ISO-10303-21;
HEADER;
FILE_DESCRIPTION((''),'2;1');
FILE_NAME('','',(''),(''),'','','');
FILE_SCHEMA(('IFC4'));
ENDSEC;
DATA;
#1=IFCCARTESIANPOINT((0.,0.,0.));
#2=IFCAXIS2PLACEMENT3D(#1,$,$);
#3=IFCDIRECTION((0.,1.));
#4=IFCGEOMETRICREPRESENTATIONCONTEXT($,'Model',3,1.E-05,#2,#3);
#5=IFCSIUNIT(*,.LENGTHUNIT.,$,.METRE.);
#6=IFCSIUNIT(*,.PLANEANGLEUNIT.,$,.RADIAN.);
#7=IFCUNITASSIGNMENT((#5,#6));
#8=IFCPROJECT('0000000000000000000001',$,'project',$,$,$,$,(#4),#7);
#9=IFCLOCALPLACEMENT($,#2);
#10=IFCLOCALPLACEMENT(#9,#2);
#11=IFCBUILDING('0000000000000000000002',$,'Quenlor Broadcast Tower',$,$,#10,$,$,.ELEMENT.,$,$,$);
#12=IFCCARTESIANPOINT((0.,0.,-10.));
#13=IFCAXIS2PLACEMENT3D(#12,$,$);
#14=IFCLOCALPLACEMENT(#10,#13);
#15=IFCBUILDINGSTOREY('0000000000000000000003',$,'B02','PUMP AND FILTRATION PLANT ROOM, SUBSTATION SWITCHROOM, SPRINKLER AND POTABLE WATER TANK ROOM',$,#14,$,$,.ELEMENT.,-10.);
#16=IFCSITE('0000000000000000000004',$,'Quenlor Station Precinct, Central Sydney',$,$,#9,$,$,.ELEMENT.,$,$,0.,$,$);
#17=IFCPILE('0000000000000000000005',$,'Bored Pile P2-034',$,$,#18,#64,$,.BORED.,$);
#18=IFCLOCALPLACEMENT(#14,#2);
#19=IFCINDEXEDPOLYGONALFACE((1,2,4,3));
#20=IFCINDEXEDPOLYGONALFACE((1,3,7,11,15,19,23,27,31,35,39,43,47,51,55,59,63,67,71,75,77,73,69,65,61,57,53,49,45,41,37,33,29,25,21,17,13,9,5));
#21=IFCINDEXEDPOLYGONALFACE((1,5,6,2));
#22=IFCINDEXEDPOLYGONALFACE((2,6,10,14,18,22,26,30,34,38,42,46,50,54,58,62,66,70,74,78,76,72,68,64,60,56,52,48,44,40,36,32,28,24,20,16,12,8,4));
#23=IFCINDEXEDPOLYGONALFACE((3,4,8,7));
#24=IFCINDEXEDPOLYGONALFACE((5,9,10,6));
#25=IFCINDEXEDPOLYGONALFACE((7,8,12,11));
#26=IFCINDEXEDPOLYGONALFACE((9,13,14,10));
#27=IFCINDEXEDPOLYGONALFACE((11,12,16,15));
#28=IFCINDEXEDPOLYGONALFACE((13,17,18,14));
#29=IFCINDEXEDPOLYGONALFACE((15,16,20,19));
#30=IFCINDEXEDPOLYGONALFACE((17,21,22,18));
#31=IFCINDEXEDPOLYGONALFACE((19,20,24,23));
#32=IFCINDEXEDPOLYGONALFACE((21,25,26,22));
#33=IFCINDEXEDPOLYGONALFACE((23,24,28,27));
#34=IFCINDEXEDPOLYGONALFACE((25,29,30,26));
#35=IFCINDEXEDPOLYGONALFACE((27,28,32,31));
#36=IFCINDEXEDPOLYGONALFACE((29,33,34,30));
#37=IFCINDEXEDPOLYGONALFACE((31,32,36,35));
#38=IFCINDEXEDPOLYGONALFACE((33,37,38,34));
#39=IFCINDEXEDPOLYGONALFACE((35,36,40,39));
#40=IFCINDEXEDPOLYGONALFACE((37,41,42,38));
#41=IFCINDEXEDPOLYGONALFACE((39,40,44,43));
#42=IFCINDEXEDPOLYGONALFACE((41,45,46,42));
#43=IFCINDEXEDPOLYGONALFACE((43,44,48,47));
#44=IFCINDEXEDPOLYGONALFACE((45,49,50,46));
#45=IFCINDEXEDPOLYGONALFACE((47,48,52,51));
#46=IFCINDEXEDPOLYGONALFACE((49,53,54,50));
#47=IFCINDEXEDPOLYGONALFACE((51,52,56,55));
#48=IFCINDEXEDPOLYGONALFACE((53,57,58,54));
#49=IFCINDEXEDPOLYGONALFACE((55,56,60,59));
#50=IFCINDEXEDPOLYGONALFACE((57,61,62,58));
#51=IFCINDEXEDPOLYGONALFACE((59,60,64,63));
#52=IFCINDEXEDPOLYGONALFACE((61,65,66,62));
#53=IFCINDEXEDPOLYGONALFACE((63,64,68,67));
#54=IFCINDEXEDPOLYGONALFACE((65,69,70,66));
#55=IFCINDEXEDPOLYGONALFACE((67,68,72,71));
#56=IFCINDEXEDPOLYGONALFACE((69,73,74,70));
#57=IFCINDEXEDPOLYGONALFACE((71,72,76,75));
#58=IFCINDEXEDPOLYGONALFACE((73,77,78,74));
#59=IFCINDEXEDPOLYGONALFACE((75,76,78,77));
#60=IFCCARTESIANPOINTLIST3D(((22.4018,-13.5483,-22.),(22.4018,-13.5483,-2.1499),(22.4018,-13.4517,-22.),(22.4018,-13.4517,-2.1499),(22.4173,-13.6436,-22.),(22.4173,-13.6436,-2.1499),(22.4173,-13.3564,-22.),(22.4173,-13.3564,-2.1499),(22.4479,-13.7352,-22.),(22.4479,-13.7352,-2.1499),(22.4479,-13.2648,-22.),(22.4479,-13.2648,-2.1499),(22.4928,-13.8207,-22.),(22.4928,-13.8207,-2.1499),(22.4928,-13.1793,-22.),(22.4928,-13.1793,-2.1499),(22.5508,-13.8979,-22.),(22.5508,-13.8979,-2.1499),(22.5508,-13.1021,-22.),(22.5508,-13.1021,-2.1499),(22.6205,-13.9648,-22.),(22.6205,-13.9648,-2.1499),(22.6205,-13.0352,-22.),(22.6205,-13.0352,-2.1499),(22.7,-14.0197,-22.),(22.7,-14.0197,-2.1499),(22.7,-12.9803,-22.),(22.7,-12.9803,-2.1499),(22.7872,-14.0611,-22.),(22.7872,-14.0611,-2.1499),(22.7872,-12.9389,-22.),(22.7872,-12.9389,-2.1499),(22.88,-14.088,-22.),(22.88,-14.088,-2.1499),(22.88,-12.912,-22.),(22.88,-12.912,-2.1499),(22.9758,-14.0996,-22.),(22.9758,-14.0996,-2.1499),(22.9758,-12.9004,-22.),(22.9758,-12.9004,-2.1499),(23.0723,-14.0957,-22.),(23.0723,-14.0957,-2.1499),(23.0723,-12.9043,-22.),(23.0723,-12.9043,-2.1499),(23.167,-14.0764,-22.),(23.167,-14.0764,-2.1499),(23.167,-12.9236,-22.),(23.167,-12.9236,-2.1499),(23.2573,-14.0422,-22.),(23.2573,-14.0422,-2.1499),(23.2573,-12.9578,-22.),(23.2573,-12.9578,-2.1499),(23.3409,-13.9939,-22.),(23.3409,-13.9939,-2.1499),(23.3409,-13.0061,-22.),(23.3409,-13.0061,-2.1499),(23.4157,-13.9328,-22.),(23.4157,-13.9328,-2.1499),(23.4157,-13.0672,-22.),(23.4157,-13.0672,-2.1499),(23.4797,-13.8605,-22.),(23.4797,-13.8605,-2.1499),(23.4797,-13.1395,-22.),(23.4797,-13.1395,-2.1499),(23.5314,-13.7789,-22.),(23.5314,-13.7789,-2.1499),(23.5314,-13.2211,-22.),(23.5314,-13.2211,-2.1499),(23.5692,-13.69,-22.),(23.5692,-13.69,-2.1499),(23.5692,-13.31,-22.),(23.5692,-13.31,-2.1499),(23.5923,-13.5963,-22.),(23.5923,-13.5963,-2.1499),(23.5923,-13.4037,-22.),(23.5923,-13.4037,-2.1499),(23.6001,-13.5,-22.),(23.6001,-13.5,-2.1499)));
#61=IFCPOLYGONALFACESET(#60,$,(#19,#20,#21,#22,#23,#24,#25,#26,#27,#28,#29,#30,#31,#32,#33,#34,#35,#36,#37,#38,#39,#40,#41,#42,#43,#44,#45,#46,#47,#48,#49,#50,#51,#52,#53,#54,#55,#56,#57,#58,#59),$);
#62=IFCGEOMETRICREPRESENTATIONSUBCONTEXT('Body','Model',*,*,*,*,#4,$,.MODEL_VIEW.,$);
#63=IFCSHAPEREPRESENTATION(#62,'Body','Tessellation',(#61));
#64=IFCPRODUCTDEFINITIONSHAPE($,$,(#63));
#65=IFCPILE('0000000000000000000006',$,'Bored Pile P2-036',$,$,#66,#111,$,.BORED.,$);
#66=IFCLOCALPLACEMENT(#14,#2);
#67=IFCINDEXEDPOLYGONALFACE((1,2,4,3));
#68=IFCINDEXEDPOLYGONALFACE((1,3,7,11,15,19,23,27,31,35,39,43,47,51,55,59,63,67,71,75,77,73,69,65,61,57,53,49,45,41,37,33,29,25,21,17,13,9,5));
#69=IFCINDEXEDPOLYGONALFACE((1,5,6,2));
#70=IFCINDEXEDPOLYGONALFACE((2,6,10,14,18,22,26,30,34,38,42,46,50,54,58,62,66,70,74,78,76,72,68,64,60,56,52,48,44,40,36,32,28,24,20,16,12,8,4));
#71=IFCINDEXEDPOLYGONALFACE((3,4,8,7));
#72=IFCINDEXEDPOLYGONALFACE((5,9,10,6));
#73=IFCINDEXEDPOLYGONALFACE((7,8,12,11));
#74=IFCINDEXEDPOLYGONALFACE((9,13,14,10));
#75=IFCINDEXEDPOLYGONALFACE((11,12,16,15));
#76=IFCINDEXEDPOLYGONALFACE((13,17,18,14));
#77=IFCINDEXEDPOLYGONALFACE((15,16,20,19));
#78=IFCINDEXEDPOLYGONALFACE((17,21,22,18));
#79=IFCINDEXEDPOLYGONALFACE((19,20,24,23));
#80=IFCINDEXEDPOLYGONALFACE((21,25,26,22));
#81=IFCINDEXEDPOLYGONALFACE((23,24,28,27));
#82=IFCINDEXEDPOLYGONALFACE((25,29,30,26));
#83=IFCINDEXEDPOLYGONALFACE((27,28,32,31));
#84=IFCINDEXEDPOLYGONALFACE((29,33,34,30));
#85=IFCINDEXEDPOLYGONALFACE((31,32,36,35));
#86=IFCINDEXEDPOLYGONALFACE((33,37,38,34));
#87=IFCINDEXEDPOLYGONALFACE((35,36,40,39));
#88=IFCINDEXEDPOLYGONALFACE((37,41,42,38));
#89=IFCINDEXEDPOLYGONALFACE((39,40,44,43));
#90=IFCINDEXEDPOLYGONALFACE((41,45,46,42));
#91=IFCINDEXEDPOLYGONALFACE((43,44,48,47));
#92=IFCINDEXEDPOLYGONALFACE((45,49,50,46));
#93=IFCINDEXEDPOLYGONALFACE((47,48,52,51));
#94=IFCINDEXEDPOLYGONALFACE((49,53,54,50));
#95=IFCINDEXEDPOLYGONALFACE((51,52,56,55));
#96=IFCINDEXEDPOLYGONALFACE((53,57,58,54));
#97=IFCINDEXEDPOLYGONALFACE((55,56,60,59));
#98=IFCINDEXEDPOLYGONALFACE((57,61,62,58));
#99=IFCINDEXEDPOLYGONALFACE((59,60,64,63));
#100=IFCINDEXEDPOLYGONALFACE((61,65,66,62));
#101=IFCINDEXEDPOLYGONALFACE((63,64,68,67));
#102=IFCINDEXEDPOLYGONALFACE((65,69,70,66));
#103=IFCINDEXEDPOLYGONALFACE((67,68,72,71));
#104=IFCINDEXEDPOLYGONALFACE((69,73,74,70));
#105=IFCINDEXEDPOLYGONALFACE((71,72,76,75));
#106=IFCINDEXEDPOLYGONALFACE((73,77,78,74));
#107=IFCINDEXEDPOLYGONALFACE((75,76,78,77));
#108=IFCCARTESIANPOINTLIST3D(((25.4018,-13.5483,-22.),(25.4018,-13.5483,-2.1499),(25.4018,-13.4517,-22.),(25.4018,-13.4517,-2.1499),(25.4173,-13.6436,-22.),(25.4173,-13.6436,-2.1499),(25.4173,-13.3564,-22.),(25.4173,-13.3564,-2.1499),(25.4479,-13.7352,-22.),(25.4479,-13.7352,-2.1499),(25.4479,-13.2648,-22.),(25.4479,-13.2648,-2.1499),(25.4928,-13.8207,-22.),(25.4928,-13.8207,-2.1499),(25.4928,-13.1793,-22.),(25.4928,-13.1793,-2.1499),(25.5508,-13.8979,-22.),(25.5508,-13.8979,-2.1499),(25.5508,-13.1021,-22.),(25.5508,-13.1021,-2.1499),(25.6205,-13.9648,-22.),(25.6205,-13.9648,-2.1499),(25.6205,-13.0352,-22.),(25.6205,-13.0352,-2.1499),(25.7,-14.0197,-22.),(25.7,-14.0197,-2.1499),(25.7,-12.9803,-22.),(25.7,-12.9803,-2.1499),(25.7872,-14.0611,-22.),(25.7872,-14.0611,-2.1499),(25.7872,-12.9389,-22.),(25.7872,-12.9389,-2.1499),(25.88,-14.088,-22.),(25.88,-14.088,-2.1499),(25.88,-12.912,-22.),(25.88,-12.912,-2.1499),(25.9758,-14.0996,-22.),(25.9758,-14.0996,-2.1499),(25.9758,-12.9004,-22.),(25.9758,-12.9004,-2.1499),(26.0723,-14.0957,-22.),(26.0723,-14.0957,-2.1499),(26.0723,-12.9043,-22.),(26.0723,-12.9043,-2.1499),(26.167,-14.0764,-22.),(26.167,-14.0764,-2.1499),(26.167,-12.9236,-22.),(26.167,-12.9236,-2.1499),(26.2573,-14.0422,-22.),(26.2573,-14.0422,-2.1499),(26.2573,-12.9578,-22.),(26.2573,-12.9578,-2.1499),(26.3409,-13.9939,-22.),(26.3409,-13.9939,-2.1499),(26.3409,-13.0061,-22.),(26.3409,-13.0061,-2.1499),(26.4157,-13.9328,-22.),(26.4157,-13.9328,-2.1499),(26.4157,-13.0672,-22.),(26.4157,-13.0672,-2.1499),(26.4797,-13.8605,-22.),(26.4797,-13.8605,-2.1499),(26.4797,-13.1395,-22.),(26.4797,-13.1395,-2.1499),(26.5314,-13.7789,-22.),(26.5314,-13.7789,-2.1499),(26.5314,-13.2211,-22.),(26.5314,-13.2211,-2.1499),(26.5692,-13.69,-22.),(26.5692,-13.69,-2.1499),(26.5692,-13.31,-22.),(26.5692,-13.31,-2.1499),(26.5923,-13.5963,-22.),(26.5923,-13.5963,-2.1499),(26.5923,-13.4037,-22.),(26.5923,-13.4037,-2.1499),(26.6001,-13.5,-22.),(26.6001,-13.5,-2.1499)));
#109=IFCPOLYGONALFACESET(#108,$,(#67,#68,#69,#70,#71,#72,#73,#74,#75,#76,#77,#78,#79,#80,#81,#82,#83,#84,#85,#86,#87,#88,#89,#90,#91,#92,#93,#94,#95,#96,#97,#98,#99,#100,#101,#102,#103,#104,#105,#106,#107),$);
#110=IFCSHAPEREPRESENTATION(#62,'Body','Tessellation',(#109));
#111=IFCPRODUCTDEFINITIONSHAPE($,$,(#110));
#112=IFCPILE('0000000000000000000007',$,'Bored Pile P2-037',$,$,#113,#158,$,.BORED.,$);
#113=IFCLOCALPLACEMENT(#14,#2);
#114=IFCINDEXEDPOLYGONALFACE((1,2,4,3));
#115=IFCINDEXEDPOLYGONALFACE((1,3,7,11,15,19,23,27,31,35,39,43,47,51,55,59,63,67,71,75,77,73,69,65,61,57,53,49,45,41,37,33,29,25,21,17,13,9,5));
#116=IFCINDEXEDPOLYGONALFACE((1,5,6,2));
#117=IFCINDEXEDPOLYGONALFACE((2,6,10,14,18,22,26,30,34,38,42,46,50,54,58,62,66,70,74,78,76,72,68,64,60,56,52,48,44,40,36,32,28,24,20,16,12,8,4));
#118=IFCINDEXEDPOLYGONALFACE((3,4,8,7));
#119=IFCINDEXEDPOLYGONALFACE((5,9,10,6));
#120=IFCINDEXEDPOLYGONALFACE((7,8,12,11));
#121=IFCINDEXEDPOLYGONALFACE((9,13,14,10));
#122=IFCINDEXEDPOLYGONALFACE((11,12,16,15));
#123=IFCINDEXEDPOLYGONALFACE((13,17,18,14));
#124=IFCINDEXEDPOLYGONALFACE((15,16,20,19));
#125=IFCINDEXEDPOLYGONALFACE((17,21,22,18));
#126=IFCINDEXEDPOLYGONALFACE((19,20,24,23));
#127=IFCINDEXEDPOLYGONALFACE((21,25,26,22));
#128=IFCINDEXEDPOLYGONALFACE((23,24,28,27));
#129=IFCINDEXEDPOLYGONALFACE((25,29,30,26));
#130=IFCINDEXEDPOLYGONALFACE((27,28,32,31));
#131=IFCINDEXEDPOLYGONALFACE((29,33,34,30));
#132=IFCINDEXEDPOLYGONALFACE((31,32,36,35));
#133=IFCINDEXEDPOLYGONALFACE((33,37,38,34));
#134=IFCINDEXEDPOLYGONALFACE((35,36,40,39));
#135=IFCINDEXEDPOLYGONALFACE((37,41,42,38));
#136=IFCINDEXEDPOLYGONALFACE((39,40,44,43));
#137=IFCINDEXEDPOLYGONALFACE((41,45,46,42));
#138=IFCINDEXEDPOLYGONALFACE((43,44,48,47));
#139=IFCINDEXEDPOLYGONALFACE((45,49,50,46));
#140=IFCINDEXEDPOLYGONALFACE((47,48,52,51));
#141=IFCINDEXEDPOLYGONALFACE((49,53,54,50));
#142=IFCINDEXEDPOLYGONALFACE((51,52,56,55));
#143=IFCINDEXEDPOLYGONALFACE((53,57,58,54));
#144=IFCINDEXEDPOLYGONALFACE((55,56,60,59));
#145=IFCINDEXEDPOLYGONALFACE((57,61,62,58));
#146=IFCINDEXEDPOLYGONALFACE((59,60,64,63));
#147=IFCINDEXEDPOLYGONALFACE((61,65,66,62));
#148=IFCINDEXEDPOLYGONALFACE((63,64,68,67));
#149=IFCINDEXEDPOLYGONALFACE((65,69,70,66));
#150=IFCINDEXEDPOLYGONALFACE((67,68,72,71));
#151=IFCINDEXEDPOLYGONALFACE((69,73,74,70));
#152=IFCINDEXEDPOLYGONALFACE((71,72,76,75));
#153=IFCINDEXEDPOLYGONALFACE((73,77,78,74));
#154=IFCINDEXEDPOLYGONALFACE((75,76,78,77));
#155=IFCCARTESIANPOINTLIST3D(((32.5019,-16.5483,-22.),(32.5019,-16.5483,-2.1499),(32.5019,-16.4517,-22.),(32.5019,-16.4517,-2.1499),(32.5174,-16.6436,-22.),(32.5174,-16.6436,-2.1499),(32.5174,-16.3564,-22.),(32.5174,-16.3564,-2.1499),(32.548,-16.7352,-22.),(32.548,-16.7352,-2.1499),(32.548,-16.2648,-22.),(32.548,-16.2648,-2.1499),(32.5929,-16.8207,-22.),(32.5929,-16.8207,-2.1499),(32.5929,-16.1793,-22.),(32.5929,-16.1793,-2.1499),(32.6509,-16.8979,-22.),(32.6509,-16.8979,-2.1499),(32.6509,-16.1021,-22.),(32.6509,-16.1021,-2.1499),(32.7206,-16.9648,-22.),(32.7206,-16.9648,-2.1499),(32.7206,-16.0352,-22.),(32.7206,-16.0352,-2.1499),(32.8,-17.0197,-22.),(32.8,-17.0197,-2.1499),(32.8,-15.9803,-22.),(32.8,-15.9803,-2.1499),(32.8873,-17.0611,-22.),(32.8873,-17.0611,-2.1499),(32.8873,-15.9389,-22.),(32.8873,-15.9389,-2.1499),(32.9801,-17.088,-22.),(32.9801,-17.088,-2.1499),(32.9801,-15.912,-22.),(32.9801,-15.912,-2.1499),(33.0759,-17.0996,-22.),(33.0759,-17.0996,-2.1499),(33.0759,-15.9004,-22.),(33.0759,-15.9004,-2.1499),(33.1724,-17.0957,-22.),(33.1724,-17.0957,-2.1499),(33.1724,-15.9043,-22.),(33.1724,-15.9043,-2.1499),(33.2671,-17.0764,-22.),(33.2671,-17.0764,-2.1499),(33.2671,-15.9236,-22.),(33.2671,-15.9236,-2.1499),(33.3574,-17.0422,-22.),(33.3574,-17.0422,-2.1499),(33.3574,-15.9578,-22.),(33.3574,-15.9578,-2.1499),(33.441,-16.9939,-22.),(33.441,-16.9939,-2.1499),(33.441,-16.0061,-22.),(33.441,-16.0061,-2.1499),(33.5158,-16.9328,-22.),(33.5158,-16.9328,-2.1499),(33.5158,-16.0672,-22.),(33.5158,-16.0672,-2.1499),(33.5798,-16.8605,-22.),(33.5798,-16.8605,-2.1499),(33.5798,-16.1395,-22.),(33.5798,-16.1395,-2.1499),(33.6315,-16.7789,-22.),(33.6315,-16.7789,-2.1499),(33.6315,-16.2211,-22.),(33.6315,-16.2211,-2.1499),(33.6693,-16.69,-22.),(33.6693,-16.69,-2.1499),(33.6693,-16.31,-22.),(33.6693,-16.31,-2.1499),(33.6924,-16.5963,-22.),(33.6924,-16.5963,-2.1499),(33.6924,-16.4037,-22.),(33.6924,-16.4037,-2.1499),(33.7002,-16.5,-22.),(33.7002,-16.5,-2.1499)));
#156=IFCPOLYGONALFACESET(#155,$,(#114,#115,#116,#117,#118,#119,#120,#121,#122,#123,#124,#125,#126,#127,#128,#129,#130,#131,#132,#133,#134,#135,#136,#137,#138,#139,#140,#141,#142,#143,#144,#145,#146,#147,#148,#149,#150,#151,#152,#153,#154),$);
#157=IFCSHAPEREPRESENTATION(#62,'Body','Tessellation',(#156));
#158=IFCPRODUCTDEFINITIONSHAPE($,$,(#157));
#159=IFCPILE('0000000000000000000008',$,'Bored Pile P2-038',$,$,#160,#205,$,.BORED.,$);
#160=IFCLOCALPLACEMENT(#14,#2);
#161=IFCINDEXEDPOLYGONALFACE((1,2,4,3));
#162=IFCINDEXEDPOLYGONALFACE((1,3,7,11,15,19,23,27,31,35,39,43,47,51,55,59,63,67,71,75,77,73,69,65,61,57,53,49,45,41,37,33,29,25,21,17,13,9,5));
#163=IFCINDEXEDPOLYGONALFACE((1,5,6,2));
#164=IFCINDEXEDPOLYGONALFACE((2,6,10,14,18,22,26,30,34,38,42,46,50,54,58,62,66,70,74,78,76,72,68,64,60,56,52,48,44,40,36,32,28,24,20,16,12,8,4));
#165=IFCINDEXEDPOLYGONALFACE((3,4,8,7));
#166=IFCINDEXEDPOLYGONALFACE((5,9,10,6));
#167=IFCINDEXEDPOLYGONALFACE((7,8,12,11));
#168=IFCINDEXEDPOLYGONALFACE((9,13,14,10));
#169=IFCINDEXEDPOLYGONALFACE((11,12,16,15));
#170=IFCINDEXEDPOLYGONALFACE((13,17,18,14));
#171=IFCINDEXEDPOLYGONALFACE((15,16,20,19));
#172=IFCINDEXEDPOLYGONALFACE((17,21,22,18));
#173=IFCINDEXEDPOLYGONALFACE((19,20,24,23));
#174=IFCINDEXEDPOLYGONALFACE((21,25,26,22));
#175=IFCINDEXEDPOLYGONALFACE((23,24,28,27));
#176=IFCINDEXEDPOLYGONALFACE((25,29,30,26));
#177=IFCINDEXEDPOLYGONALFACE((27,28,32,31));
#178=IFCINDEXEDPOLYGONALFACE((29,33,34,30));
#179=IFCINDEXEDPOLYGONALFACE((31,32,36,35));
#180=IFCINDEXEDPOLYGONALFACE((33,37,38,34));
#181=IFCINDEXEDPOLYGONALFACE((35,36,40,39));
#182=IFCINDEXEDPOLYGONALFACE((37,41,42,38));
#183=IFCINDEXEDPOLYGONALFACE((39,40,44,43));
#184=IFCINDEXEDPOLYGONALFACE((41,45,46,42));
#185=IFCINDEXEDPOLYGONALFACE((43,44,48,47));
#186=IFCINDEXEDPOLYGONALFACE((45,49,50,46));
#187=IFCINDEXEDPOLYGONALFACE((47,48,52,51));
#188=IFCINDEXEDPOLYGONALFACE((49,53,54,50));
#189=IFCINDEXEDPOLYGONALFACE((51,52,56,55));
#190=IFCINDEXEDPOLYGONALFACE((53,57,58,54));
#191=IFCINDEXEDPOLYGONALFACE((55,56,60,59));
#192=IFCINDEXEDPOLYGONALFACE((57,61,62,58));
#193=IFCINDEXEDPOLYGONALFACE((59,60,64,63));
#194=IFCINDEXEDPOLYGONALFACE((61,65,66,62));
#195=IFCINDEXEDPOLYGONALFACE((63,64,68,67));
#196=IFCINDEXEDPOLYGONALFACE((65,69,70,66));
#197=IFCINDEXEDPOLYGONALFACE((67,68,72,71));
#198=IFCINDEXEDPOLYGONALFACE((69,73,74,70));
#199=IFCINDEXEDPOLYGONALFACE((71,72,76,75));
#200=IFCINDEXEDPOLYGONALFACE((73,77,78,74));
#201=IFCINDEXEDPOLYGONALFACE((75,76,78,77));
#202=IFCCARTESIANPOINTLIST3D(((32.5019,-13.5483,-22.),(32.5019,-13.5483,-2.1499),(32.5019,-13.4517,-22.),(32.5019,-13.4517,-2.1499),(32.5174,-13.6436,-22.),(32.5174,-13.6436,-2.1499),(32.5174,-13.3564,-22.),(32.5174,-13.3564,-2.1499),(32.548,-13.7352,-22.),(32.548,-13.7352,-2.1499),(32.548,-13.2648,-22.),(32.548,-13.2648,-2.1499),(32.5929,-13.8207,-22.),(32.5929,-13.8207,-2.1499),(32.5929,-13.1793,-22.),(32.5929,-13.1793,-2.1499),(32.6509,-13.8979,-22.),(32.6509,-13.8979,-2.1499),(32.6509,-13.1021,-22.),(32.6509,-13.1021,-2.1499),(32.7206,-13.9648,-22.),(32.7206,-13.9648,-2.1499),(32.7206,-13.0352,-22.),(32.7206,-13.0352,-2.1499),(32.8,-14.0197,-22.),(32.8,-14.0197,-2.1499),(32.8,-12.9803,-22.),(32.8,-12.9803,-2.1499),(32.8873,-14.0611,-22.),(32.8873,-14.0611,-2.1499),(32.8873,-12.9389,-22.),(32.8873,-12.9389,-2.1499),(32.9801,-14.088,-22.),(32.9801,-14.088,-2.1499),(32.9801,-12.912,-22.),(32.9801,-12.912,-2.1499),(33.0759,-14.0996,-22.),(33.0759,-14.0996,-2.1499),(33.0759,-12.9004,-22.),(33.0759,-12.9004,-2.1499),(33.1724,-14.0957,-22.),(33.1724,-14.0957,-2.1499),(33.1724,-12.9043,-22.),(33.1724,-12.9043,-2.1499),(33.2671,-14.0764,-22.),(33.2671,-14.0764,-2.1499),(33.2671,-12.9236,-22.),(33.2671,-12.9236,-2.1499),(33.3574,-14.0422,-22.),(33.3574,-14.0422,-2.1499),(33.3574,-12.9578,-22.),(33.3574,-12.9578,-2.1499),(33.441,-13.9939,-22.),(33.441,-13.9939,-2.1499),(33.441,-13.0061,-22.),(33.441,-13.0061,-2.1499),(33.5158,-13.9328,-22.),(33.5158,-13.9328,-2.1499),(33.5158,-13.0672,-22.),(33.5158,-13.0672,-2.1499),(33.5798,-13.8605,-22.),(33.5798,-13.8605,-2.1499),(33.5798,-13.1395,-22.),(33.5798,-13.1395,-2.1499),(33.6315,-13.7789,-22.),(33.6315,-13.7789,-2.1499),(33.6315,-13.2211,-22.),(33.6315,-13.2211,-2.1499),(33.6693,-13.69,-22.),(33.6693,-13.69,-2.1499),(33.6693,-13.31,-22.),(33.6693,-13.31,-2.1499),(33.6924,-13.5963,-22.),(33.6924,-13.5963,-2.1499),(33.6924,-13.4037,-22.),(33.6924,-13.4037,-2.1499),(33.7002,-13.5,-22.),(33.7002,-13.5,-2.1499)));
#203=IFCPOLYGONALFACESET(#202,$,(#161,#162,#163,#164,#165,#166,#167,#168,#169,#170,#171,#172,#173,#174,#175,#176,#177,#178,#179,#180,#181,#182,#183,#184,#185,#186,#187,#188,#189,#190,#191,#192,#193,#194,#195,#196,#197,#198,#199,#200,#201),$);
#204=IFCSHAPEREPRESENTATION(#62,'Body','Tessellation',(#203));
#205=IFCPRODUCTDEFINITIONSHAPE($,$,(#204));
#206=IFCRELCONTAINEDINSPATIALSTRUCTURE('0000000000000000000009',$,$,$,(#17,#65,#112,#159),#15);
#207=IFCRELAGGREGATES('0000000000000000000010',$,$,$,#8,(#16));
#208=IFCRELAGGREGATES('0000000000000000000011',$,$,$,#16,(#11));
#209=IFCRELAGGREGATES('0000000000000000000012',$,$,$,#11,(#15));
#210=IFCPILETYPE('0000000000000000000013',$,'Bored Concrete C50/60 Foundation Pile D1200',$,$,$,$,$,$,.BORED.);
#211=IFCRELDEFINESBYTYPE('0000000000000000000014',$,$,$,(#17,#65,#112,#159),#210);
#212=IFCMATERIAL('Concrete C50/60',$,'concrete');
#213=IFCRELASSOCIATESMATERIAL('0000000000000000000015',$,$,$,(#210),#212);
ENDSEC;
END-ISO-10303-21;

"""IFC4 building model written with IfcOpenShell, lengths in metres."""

from ifc_helpers import new_model, si_unit, direction, frame, origin, origin_2d, place, context, subcontext, project, spatial, circle, extrude, material, material_profile, profile_set, type_object, element, save


model = new_model("IFC4")

# Units and contexts
model_context = context("Model", 3, precision=1e-05, world=origin(), true_north=direction((0.0, 1.0)))
body_context = subcontext(model_context, "Body", "Model", "MODEL_VIEW")
ifc_project = project(units=[si_unit("LENGTHUNIT", "METRE"), si_unit("PLANEANGLEUNIT", "RADIAN")], contexts=[model_context])

# Site, building, storey
site_placement = place(None, origin())
site = spatial("IfcSite", under=ifc_project, at=site_placement, Name="Quenlor Station Precinct, Central Sydney", CompositionType="ELEMENT", RefElevation=0.0)
building_placement = place(site_placement, origin())
building = spatial("IfcBuilding", under=site, at=building_placement, Name="Quenlor Broadcast Tower", CompositionType="ELEMENT")
storey_placement = place(building_placement, frame((0.0, 0.0, -10.0)))
storey = spatial("IfcBuildingStorey", under=building, at=storey_placement, Name="B02", Description="PUMP AND FILTRATION PLANT ROOM, SUBSTATION SWITCHROOM, SPRINKLER AND POTABLE WATER TANK ROOM", CompositionType="ELEMENT", Elevation=-10.0)

# Piles
ifc_material_1 = material(Name="Concrete C50/60", Category="concrete")
ifc_material_profile_1 = material_profile(ifc_material_1, circle(Radius=0.6001, at=origin_2d()))
ifc_profile_set_1 = profile_set([ifc_material_profile_1], Name="Concrete C50/60 PILE1200")
pile_type = type_object("IfcPileType", Name="Bored Concrete C50/60 Foundation Pile D1200", PredefinedType="BORED", material=ifc_profile_set_1)
for number, where, z_axis, x_axis, name in (
    (1, (23.0, -13.5, -2.1499), (0.0, 0.0, -1.0), (1.0, 0.0, 0.0), "Bored Pile P2-034"),
    (2, (26.0, -13.5, -2.1499), (0.0, 0.0, -1.0), (1.0, 0.0, 0.0), "Bored Pile P2-036"),
    (3, (33.1001, -16.5, -2.1499), (0.0, 0.0, -1.0), (1.0, 0.0, 0.0), "Bored Pile P2-037"),
    (4, (33.1001, -13.5, -2.1499), (0.0, 0.0, -1.0), (1.0, 0.0, 0.0), "Bored Pile P2-038"),
):
    element("IfcPile", number, at=place(storey_placement, frame(where, z_axis=z_axis, x_axis=x_axis)), inside=storey, type_object=pile_type, Name=name, PredefinedType="BORED", context=body_context, shape_type="SweptSolid", body=[
        extrude(circle(Radius=0.6001, at=origin_2d()), origin(), (0.0, 0.0, 1.0), 19.8501),
    ])

save(model, "model.ifc")
